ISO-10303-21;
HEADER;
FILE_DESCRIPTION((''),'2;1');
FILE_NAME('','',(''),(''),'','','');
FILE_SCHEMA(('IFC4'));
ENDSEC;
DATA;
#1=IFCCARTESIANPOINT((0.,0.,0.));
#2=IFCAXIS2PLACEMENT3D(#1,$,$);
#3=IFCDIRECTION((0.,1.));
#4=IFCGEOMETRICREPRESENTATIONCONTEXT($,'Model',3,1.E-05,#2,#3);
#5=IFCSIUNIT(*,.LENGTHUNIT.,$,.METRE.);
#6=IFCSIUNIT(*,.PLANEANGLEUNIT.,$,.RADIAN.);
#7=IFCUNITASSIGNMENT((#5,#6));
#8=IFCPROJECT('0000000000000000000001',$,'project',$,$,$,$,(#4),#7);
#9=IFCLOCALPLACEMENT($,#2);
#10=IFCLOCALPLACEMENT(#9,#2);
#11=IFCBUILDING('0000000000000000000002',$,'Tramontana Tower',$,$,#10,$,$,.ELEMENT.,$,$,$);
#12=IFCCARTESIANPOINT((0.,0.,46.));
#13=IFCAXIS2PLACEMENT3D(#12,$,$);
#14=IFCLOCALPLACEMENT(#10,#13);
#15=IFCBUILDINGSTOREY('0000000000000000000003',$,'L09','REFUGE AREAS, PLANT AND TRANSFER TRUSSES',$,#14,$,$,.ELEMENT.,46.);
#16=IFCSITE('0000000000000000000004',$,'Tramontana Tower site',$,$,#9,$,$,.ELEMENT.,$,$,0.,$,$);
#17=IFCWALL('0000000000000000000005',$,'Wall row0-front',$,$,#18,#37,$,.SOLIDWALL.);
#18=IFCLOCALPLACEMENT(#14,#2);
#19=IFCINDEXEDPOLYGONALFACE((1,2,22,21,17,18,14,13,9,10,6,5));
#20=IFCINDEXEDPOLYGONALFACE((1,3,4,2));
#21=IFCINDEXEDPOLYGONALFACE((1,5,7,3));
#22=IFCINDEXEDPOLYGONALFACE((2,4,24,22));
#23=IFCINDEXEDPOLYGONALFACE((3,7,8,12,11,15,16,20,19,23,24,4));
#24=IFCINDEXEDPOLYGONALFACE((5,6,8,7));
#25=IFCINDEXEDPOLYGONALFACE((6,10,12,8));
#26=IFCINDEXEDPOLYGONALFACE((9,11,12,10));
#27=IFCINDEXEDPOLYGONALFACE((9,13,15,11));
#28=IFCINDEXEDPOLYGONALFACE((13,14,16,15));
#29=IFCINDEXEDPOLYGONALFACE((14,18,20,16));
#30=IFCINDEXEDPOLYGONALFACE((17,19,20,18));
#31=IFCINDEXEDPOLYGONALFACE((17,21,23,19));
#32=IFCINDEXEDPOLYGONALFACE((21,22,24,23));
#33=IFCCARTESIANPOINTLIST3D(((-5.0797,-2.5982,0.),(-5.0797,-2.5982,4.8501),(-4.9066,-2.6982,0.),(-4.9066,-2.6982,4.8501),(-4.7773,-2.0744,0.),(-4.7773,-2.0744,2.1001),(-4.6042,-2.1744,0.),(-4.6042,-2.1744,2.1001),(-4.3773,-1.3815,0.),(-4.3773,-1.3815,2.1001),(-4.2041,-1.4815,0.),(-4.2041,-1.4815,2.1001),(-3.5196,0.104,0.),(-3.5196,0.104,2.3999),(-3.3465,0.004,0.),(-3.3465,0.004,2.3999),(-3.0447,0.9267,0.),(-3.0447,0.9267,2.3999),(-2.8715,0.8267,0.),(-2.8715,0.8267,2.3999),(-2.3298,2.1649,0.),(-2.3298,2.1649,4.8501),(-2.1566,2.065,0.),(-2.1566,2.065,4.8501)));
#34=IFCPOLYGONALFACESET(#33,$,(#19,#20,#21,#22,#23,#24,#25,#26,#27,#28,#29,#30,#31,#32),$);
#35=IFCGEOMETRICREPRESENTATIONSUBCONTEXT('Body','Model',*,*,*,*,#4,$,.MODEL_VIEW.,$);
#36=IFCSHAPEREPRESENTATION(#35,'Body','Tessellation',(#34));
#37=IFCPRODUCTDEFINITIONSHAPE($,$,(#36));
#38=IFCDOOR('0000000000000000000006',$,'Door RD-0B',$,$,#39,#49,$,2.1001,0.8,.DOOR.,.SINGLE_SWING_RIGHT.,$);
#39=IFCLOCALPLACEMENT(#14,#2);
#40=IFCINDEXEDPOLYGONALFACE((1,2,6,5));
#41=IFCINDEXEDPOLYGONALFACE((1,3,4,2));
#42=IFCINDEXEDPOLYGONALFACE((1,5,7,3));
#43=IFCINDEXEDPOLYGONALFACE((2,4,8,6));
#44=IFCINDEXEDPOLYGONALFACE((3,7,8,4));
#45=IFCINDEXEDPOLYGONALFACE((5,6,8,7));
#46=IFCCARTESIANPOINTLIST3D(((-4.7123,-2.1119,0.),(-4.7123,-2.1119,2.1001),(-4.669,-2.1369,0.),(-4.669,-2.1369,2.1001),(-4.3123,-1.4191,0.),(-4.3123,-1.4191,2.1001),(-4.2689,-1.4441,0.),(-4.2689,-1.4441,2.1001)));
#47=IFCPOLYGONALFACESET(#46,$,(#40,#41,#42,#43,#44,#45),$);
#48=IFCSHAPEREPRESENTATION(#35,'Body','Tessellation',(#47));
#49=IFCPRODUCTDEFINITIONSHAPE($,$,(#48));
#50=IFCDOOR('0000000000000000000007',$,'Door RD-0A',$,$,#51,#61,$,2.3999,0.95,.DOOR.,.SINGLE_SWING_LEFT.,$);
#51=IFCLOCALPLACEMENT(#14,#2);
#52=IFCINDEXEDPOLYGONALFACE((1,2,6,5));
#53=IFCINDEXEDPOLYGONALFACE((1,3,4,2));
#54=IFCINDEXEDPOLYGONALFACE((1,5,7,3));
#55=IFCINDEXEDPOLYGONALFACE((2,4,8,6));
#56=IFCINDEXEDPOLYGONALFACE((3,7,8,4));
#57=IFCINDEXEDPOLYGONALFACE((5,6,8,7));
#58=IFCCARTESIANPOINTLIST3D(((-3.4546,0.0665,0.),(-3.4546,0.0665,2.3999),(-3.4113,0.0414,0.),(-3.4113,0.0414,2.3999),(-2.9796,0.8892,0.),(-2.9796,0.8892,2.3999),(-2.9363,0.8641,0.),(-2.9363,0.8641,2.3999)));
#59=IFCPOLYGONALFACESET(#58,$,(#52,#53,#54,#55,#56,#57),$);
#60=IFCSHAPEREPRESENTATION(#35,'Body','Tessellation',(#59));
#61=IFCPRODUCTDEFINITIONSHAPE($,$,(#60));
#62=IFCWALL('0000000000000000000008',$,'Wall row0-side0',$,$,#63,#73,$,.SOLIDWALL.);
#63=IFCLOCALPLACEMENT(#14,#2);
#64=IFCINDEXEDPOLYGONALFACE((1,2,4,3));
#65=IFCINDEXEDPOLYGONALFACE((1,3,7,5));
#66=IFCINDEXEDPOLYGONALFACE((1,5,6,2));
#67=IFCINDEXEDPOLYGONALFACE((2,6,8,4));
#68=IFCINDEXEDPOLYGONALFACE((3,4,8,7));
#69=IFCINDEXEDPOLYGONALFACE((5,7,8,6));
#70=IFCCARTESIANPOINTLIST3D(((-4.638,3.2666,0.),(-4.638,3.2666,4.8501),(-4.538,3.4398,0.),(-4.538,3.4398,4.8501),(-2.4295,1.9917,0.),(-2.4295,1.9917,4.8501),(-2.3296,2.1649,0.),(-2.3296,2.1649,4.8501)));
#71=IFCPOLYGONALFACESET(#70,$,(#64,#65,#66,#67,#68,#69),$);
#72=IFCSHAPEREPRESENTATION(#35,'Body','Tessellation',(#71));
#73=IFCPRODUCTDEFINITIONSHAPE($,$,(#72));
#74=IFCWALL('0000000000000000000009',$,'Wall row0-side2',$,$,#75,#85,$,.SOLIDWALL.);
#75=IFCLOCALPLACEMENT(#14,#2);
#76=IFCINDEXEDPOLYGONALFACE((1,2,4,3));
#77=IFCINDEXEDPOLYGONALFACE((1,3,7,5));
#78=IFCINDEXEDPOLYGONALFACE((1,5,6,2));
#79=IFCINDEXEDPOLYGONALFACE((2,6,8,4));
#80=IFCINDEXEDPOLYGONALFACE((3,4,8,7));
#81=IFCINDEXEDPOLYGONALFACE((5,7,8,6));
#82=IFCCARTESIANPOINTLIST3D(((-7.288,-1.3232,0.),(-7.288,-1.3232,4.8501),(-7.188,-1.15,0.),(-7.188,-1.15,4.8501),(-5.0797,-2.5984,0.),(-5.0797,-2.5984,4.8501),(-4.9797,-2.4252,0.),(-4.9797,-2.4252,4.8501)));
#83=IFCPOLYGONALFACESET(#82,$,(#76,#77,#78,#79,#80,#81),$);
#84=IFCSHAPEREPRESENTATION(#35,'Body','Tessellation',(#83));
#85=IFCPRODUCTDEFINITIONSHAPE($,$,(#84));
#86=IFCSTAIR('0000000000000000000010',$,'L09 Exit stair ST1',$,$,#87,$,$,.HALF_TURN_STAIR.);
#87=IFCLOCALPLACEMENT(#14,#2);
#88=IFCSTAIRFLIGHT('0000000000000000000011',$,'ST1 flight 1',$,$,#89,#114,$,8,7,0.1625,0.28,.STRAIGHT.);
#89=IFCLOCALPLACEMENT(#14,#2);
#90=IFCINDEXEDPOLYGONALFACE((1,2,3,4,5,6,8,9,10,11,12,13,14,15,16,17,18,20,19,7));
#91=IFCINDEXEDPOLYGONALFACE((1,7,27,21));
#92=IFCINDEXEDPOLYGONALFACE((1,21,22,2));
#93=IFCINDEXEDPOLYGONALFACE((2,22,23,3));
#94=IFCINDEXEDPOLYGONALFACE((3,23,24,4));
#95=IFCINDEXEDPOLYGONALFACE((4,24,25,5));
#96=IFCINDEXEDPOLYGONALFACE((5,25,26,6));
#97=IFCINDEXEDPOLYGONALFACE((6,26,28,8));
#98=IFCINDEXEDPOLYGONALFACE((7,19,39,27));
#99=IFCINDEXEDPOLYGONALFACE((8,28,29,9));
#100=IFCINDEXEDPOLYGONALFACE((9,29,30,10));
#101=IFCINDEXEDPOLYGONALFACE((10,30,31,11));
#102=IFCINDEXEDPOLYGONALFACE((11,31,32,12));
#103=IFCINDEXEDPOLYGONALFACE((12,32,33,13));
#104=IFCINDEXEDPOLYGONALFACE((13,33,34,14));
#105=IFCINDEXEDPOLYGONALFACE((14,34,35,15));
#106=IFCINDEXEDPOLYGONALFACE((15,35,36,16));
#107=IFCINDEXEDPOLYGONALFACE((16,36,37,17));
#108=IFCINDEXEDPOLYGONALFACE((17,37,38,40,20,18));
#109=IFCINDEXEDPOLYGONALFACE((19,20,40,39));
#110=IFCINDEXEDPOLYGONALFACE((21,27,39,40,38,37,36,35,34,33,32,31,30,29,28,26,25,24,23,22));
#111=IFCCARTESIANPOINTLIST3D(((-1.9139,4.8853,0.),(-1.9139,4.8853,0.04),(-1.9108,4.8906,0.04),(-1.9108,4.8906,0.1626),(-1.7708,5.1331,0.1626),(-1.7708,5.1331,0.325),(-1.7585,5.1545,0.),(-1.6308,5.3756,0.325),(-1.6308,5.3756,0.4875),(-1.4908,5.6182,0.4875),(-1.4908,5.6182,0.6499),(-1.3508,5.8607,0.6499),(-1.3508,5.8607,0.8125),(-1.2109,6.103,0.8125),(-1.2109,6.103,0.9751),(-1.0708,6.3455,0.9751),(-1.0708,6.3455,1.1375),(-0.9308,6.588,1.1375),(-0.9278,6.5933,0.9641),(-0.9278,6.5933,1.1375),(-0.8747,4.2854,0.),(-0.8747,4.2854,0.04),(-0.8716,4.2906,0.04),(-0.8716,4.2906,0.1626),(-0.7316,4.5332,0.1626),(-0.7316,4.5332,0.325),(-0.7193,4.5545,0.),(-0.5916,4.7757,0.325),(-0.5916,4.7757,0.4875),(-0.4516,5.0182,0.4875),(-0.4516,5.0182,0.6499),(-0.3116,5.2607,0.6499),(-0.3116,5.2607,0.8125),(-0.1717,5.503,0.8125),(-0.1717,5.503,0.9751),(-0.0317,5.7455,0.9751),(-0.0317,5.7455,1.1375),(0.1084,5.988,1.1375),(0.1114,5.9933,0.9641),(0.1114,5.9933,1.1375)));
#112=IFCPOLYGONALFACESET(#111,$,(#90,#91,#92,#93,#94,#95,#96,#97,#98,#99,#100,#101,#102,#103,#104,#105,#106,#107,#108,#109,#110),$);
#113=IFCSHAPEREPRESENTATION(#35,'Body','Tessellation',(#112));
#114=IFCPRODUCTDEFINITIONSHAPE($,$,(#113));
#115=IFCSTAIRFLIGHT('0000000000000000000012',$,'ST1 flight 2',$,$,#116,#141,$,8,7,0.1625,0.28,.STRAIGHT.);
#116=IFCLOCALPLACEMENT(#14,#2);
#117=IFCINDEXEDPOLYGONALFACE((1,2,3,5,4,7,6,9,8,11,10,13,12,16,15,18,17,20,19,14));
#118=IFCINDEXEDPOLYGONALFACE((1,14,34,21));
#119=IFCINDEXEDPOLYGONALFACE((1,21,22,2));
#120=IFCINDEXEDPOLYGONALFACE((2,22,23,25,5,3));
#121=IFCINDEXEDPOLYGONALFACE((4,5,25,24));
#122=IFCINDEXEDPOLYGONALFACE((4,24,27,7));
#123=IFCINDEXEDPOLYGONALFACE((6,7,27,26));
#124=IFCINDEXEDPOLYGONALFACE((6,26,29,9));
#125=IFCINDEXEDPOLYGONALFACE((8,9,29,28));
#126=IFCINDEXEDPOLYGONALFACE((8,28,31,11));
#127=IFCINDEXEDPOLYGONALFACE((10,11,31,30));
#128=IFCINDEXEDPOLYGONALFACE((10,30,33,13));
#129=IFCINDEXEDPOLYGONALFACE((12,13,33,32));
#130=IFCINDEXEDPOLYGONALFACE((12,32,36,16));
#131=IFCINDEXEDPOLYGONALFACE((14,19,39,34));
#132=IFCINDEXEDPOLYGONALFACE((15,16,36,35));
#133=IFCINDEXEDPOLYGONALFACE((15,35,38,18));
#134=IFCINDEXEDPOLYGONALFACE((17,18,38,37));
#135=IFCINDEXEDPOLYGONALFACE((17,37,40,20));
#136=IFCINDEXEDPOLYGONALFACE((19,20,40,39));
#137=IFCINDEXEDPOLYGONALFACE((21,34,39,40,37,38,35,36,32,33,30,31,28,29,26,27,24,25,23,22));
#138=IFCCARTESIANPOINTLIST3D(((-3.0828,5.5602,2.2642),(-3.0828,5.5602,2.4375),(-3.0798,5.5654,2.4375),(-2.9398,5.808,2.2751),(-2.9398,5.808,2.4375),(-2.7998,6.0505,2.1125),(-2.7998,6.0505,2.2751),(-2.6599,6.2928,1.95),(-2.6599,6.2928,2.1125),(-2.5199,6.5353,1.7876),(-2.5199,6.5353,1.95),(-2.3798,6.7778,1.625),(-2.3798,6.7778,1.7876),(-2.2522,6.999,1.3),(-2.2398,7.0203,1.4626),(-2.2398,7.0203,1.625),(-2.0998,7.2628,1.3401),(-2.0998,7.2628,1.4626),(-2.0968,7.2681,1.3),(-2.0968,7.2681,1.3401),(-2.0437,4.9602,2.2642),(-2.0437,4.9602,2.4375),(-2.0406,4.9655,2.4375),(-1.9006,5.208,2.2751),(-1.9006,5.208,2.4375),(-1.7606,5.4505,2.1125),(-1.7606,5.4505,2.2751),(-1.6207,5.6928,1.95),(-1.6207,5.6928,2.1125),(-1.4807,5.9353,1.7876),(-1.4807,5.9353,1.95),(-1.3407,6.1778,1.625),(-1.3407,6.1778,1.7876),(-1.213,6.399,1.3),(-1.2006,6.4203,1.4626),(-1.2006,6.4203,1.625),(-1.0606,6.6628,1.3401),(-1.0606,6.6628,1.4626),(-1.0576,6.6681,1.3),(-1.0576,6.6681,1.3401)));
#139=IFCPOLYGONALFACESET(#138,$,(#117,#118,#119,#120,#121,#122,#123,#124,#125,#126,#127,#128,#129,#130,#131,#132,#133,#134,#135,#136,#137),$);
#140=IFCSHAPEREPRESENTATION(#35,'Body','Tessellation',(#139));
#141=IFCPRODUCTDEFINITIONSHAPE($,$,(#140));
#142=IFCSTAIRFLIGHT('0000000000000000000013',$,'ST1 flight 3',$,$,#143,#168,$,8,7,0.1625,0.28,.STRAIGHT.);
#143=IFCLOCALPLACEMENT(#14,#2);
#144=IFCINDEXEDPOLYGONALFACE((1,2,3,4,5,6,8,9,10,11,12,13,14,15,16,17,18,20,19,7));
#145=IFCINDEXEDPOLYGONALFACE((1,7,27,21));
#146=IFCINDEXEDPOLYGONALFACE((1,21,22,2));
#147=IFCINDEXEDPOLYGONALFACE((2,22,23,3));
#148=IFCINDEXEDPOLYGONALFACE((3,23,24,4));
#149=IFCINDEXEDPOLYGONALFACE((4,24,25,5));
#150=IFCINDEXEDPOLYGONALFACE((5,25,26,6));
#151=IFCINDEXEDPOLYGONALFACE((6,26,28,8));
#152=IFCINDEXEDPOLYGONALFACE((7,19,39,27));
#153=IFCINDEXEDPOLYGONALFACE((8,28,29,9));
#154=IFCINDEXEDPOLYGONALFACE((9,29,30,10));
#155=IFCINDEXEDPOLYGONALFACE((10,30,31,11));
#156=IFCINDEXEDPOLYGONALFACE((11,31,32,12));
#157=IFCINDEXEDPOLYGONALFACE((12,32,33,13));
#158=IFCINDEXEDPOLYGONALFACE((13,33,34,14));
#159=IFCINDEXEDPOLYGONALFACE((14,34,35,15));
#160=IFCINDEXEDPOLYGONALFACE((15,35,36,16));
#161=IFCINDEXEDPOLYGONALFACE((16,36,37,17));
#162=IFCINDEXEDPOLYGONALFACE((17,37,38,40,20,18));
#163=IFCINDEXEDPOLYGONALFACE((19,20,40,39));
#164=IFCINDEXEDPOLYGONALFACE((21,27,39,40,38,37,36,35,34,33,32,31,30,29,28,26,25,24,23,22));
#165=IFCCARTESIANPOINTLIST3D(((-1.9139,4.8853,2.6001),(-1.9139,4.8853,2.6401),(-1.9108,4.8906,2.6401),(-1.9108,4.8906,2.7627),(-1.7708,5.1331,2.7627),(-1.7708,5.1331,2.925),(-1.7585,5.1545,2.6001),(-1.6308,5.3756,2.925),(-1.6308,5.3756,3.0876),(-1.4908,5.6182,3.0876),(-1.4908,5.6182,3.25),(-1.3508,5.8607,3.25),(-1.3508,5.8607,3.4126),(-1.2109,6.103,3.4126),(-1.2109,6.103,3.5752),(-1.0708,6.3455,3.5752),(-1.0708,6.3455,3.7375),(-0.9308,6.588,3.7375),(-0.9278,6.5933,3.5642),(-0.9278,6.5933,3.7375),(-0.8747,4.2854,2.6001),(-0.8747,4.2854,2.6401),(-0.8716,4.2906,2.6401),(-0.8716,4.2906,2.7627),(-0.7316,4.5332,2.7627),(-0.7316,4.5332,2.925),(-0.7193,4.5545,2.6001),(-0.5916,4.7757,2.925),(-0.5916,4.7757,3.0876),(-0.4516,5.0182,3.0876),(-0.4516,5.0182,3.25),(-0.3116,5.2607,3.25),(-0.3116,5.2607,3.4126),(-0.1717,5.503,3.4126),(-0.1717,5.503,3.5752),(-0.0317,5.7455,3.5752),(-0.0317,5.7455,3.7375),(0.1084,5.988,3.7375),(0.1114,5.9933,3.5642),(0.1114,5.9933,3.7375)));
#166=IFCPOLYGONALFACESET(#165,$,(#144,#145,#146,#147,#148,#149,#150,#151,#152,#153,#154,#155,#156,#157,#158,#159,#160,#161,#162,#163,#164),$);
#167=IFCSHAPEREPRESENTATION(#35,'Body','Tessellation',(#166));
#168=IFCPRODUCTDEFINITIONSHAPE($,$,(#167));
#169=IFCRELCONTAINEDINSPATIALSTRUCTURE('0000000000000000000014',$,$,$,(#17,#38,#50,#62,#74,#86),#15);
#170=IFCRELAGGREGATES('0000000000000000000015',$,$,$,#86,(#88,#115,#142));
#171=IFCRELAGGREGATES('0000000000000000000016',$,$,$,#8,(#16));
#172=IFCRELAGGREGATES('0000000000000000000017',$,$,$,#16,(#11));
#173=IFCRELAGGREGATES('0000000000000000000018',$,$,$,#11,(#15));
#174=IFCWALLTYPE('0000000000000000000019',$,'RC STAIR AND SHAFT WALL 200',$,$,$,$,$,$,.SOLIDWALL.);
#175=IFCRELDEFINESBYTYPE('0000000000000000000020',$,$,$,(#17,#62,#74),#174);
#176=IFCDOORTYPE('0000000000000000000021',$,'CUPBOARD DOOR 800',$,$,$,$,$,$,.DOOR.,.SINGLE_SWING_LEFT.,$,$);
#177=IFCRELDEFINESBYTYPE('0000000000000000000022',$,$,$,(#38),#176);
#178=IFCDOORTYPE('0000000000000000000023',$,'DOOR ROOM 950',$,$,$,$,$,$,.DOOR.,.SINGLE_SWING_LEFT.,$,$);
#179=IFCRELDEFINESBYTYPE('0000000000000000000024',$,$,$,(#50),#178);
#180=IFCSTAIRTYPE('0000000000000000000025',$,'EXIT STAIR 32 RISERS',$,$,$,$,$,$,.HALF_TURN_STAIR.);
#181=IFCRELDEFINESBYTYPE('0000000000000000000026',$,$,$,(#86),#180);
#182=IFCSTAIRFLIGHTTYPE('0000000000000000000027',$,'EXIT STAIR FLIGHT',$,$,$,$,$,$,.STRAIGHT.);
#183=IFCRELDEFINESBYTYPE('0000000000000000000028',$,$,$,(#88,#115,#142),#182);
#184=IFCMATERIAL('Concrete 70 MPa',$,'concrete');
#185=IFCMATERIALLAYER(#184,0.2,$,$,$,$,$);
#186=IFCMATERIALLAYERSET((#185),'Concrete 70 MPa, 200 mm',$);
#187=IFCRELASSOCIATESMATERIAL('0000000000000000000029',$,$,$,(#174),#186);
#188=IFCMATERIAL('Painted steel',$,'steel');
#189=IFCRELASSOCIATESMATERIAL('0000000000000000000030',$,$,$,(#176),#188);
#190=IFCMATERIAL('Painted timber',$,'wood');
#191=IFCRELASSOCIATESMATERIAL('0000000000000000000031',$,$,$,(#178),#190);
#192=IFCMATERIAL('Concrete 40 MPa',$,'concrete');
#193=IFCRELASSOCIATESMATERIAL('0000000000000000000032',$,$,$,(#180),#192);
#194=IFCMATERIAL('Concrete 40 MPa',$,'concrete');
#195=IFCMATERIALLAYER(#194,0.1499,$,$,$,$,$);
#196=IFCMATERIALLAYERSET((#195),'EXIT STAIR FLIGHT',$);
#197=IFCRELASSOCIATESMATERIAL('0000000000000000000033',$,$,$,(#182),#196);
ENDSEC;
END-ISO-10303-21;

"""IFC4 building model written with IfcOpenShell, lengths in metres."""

from ifc_helpers import new_model, si_unit, direction, frame, frame_2d, origin, place, context, subcontext, project, spatial, polyline, rectangle, outline, extrude, material, layer, layer_set, type_object, element, fill, aggregate, save


model = new_model("IFC4")

# Units and contexts
model_context = context("Model", 3, precision=1e-05, world=origin(), true_north=direction((0.0, 1.0)))
body_context = subcontext(model_context, "Body", "Model", "MODEL_VIEW")
ifc_project = project(units=[si_unit("LENGTHUNIT", "METRE"), si_unit("PLANEANGLEUNIT", "RADIAN")], contexts=[model_context])

# Site, building, storey
site_placement = place(None, origin())
site = spatial("IfcSite", under=ifc_project, at=site_placement, Name="Tramontana Tower site", CompositionType="ELEMENT", RefElevation=0.0)
building_placement = place(site_placement, origin())
building = spatial("IfcBuilding", under=site, at=building_placement, Name="Tramontana Tower", CompositionType="ELEMENT")
storey_placement = place(building_placement, frame((0.0, 0.0, 46.0)))
storey = spatial("IfcBuildingStorey", under=building, at=storey_placement, Name="L09", Description="REFUGE AREAS, PLANT AND TRANSFER TRUSSES", CompositionType="ELEMENT", Elevation=46.0)

# Shared definitions
ifc_material_1 = material(Name="Concrete 70 MPa", Category="concrete")
ifc_layer_1 = layer(ifc_material_1, 0.2)
ifc_layer_set_1 = layer_set([ifc_layer_1], Name="Concrete 70 MPa, 200 mm")
wall_type_1 = type_object("IfcWallType", Name="RC STAIR AND SHAFT WALL 200", PredefinedType="SOLIDWALL", material=ifc_layer_set_1)

# Wall, openings, doors
wall_1_placement = place(storey_placement, frame((-4.9932, -2.6482, 0.0), z_axis=(0.0, 0.0, 1.0), x_axis=(0.499997, 0.866027, 0.0)))
wall_1 = element("IfcWall", 1, at=wall_1_placement, inside=storey, type_object=wall_type_1, Name="Wall row0-front", PredefinedType="SOLIDWALL", context=body_context, shape_type="SweptSolid", body=[
    extrude(rectangle(XDim=5.5, YDim=0.2, at=frame_2d((2.75, 0.0))), origin(), (0.0, 0.0, 1.0), 4.8501),
])
opening_1_placement = place(wall_1_placement, frame((3.1201, 0.0, 0.0)))
opening_1 = element("IfcOpeningElement", 2, at=opening_1_placement, cuts=wall_1, PredefinedType="OPENING", context=body_context, shape_type="SweptSolid", body=[
    extrude(rectangle(XDim=0.95, YDim=2.3999, at=frame_2d((0.4751, 1.2))), frame((0.0, 0.1099, 0.0), z_axis=(0.0, -1.0, 0.0), x_axis=(1.0, 0.0, 0.0)), (0.0, 0.0, 1.0), 0.22),
])
opening_2_placement = place(wall_1_placement, frame((0.605, 0.0, 0.0)))
opening_2 = element("IfcOpeningElement", 3, at=opening_2_placement, cuts=wall_1, PredefinedType="OPENING", context=body_context, shape_type="SweptSolid", body=[
    extrude(rectangle(XDim=0.8, YDim=2.1001, at=frame_2d((0.3999, 1.05))), frame((0.0, 0.1099, 0.0), z_axis=(0.0, -1.0, 0.0), x_axis=(1.0, 0.0, 0.0)), (0.0, 0.0, 1.0), 0.22),
])
ifc_material_2 = material(Name="Painted steel", Category="steel")
door_type_1 = type_object("IfcDoorType", Name="CUPBOARD DOOR 800", OperationType="SINGLE_SWING_LEFT", PredefinedType="DOOR", material=ifc_material_2)
door_1_placement = place(opening_2_placement, origin())
door_1 = element("IfcDoor", 4, at=door_1_placement, inside=storey, type_object=door_type_1, Name="Door RD-0B", OperationType="SINGLE_SWING_RIGHT", OverallHeight=2.1001, OverallWidth=0.8, PredefinedType="DOOR", context=body_context, shape_type="SweptSolid", body=[
    extrude(rectangle(XDim=0.8, YDim=2.1001, at=frame_2d((0.3999, 1.05))), frame((0.0, 0.0249, 0.0), z_axis=(0.0, -1.0, 0.0), x_axis=(1.0, 0.0, 0.0)), (0.0, 0.0, 1.0), 0.05),
])
fill(opening_2, door_1)
ifc_material_3 = material(Name="Painted timber", Category="wood")
door_type_2 = type_object("IfcDoorType", Name="DOOR ROOM 950", OperationType="SINGLE_SWING_LEFT", PredefinedType="DOOR", material=ifc_material_3)
door_2_placement = place(opening_1_placement, origin())
door_2 = element("IfcDoor", 5, at=door_2_placement, inside=storey, type_object=door_type_2, Name="Door RD-0A", OperationType="SINGLE_SWING_LEFT", OverallHeight=2.3999, OverallWidth=0.95, PredefinedType="DOOR", context=body_context, shape_type="SweptSolid", body=[
    extrude(rectangle(XDim=0.95, YDim=2.3999, at=frame_2d((0.4751, 1.2))), frame((0.0, 0.0249, 0.0), z_axis=(0.0, -1.0, 0.0), x_axis=(1.0, 0.0, 0.0)), (0.0, 0.0, 1.0), 0.05),
])
fill(opening_1, door_2)

# Walls
for number, where, z_axis, x_axis, name in (
    (6, (-2.3796, 2.0784, 0.0), (0.0, 0.0, 1.0), (-0.866055, 0.499949, 0.0), "Wall row0-side0"),
    (7, (-5.0298, -2.5117, 0.0), (0.0, 0.0, 1.0), (-0.865989, 0.500062, 0.0), "Wall row0-side2"),
):
    element("IfcWall", number, at=place(storey_placement, frame(where, z_axis=z_axis, x_axis=x_axis)), inside=storey, type_object=wall_type_1, Name=name, PredefinedType="SOLIDWALL", context=body_context, shape_type="SweptSolid", body=[
        extrude(rectangle(XDim=2.55, YDim=0.2, at=frame_2d((1.2749, 0.0))), origin(), (0.0, 0.0, 1.0), 4.8501),
    ])

# Stair, stair flights
ifc_material_4 = material(Name="Concrete 40 MPa", Category="concrete")
stair_type = type_object("IfcStairType", Name="EXIT STAIR 32 RISERS", PredefinedType="HALF_TURN_STAIR", material=ifc_material_4)
stair_placement = place(storey_placement, origin())
stair = element("IfcStair", 8, at=stair_placement, inside=storey, type_object=stair_type, Name="L09 Exit stair ST1", PredefinedType="HALF_TURN_STAIR")
ifc_material_5 = material(Name="Concrete 40 MPa", Category="concrete")
ifc_layer_2 = layer(ifc_material_5, 0.1499)
ifc_layer_set_2 = layer_set([ifc_layer_2], Name="EXIT STAIR FLIGHT")
stair_flight_type = type_object("IfcStairFlightType", Name="EXIT STAIR FLIGHT", PredefinedType="STRAIGHT", material=ifc_layer_set_2)
stair_flight_1_placement = place(storey_placement, frame((-1.3911, 4.5906, 0.0), z_axis=(0.0, 0.0, 1.0), x_axis=(0.5, 0.866025, 0.0)))
stair_flight_1 = element("IfcStairFlight", 9, at=stair_flight_1_placement, type_object=stair_flight_type, Name="ST1 flight 1", NumberOfRisers=8, NumberOfTreads=7, PredefinedType="STRAIGHT", RiserHeight=0.1625, TreadLength=0.28, context=body_context, shape_type="SweptSolid", body=[
    extrude(outline(polyline([(-0.0061, 0.0), (-0.0061, 0.04), (0.0, 0.04), (0.0, 0.1626), (0.28, 0.1626), (0.28, 0.325), (0.5601, 0.325), (0.5601, 0.4875), (0.8401, 0.4875), (0.8401, 0.6499), (1.1201, 0.6499), (1.1201, 0.8125), (1.3999, 0.8125), (1.3999, 0.9751), (1.6799, 0.9751), (1.6799, 1.1375), (1.96, 1.1375), (1.9661, 1.1375), (1.9661, 0.9641), (0.3047, 0.0), (-0.0061, 0.0)])), frame((0.0, 0.6001, 0.0), z_axis=(0.0, -1.0, 0.0), x_axis=(1.0, 0.0, 0.0)), (0.0, 0.0, 1.0), 1.2),
])
stair_flight_2_placement = place(storey_placement, frame((-1.5803, 6.9629, 1.3), z_axis=(0.0, 0.0, 1.0), x_axis=(-0.5, -0.866025, 0.0)))
stair_flight_2 = element("IfcStairFlight", 10, at=stair_flight_2_placement, type_object=stair_flight_type, Name="ST1 flight 2", NumberOfRisers=8, NumberOfTreads=7, PredefinedType="STRAIGHT", RiserHeight=0.1625, TreadLength=0.28, context=body_context, shape_type="SweptSolid", body=[
    extrude(outline(polyline([(-0.0061, 0.0), (-0.0061, 0.04), (0.0, 0.04), (0.0, 0.1626), (0.28, 0.1626), (0.28, 0.325), (0.5601, 0.325), (0.5601, 0.4875), (0.8401, 0.4875), (0.8401, 0.6499), (1.1201, 0.6499), (1.1201, 0.8125), (1.3999, 0.8125), (1.3999, 0.9751), (1.6799, 0.9751), (1.6799, 1.1375), (1.96, 1.1375), (1.9661, 1.1375), (1.9661, 0.9641), (0.3047, 0.0), (-0.0061, 0.0)])), frame((0.0, 0.6001, 0.0), z_axis=(0.0, -1.0, 0.0), x_axis=(1.0, 0.0, 0.0)), (0.0, 0.0, 1.0), 1.2),
])
stair_flight_3_placement = place(storey_placement, frame((-1.3911, 4.5906, 2.6001), z_axis=(0.0, 0.0, 1.0), x_axis=(0.5, 0.866025, 0.0)))
stair_flight_3 = element("IfcStairFlight", 11, at=stair_flight_3_placement, type_object=stair_flight_type, Name="ST1 flight 3", NumberOfRisers=8, NumberOfTreads=7, PredefinedType="STRAIGHT", RiserHeight=0.1625, TreadLength=0.28, context=body_context, shape_type="SweptSolid", body=[
    extrude(outline(polyline([(-0.0061, 0.0), (-0.0061, 0.04), (0.0, 0.04), (0.0, 0.1626), (0.28, 0.1626), (0.28, 0.325), (0.5601, 0.325), (0.5601, 0.4875), (0.8401, 0.4875), (0.8401, 0.6499), (1.1201, 0.6499), (1.1201, 0.8125), (1.3999, 0.8125), (1.3999, 0.9751), (1.6799, 0.9751), (1.6799, 1.1375), (1.96, 1.1375), (1.9661, 1.1375), (1.9661, 0.9641), (0.3047, 0.0), (-0.0061, 0.0)])), frame((0.0, 0.6001, 0.0), z_axis=(0.0, -1.0, 0.0), x_axis=(1.0, 0.0, 0.0)), (0.0, 0.0, 1.0), 1.2),
])
aggregate(stair, [stair_flight_1, stair_flight_2, stair_flight_3])

save(model, "model.ifc")
